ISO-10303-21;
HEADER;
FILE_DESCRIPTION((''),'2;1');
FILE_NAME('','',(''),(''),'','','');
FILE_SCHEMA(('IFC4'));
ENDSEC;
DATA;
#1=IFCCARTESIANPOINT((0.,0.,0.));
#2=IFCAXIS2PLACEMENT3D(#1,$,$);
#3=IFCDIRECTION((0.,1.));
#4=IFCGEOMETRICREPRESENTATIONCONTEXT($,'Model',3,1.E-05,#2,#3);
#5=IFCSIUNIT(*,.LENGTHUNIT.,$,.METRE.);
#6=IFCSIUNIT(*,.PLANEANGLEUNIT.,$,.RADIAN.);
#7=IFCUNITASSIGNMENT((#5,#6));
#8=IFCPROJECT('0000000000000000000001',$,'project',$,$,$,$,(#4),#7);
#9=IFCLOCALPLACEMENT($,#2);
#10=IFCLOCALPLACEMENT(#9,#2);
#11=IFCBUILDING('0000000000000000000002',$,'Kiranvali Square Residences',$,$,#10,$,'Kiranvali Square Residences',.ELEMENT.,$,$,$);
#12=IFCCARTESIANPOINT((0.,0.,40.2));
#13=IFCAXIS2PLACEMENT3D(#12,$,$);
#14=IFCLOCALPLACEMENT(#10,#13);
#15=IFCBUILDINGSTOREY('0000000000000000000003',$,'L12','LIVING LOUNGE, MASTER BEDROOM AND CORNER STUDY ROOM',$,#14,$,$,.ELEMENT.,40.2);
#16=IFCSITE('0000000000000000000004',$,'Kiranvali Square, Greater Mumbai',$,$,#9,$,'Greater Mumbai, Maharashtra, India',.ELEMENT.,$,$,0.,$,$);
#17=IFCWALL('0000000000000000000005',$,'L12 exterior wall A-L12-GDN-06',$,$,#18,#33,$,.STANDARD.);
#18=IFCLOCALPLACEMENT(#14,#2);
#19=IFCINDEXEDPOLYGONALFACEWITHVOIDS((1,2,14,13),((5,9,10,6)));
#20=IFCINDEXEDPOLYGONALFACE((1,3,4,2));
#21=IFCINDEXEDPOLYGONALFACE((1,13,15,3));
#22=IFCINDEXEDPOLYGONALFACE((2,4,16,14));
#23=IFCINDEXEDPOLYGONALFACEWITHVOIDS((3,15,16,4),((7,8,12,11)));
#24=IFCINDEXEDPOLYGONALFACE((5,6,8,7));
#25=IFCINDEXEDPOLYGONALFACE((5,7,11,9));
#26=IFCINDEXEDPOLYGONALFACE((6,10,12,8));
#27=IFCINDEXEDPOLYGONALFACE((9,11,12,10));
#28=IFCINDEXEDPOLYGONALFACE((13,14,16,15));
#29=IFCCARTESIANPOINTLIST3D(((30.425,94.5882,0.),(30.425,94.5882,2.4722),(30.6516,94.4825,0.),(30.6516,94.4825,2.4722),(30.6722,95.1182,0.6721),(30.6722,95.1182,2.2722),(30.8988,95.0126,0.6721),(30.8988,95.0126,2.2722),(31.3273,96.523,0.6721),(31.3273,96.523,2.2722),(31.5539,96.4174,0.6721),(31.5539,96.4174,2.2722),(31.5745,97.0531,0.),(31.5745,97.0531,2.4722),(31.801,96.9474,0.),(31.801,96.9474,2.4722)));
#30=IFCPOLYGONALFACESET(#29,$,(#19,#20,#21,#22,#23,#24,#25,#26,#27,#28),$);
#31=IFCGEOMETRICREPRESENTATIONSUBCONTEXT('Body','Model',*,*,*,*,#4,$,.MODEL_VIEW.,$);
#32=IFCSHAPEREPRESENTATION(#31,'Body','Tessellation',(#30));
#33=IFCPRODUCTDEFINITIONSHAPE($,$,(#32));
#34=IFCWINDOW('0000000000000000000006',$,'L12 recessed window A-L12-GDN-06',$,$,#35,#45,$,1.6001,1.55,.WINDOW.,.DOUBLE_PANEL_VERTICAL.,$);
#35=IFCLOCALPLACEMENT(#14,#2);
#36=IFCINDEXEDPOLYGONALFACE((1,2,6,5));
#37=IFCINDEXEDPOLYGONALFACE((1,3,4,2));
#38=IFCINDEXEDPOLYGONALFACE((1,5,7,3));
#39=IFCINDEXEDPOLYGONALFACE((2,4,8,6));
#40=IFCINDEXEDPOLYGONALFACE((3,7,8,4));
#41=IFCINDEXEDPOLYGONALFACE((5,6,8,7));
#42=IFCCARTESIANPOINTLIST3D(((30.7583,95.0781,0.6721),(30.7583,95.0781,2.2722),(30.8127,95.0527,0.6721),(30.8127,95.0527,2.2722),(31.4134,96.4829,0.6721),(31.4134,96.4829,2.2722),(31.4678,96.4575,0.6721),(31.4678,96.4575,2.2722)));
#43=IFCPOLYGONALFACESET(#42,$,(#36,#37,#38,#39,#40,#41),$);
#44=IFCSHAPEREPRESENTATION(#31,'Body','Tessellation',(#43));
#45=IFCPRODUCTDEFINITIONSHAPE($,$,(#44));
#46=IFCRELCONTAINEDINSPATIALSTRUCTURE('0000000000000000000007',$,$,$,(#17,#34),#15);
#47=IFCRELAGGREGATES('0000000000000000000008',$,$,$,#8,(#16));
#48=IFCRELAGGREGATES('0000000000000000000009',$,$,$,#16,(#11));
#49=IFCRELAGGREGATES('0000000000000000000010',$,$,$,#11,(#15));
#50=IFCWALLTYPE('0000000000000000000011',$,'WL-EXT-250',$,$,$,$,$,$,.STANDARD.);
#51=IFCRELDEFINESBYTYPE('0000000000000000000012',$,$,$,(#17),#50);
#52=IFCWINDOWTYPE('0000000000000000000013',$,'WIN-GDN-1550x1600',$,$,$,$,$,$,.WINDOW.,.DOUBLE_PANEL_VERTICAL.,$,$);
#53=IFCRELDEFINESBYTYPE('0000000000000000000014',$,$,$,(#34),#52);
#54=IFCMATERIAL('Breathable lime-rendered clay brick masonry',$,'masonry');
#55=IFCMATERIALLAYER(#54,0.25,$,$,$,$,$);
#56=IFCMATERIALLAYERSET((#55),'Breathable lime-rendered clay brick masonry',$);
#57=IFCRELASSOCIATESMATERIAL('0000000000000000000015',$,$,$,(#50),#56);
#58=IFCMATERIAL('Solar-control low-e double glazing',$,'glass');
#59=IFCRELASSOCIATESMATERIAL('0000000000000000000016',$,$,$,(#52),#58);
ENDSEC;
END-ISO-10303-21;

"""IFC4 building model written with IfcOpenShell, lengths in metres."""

from ifc_helpers import new_model, si_unit, direction, frame, frame_2d, origin, place, context, subcontext, project, spatial, rectangle, extrude, material, layer, layer_set, type_object, element, fill, save


model = new_model("IFC4")

# Units and contexts
model_context = context("Model", 3, precision=1e-05, world=origin(), true_north=direction((0.0, 1.0)))
body_context = subcontext(model_context, "Body", "Model", "MODEL_VIEW")
ifc_project = project(units=[si_unit("LENGTHUNIT", "METRE"), si_unit("PLANEANGLEUNIT", "RADIAN")], contexts=[model_context])

# Site, building, storey
site_placement = place(None, origin())
site = spatial("IfcSite", under=ifc_project, at=site_placement, Name="Kiranvali Square, Greater Mumbai", LongName="Greater Mumbai, Maharashtra, India", CompositionType="ELEMENT", RefElevation=0.0)
building_placement = place(site_placement, origin())
building = spatial("IfcBuilding", under=site, at=building_placement, Name="Kiranvali Square Residences", LongName="Kiranvali Square Residences", CompositionType="ELEMENT")
storey_placement = place(building_placement, frame((0.0, 0.0, 40.2)))
storey = spatial("IfcBuildingStorey", under=building, at=storey_placement, Name="L12", Description="LIVING LOUNGE, MASTER BEDROOM AND CORNER STUDY ROOM", CompositionType="ELEMENT", Elevation=40.2)

# Shared definitions
ifc_material_1 = material(Name="Breathable lime-rendered clay brick masonry", Category="masonry")
ifc_layer_1 = layer(ifc_material_1, 0.25)
ifc_layer_set_1 = layer_set([ifc_layer_1], Name="Breathable lime-rendered clay brick masonry")
wall_type_1 = type_object("IfcWallType", Name="WL-EXT-250", PredefinedType="STANDARD", material=ifc_layer_set_1)

# Wall, opening, window
wall_1_placement = place(storey_placement, frame((31.6877, 97.0002, 0.0), z_axis=(0.0, 0.0, 1.0), x_axis=(-0.42263, -0.906302, 0.0)))
wall_1 = element("IfcWall", 1, at=wall_1_placement, inside=storey, type_object=wall_type_1, Name="L12 exterior wall A-L12-GDN-06", PredefinedType="STANDARD", context=body_context, shape_type="SweptSolid", body=[
    extrude(rectangle(XDim=2.7197, YDim=0.25, at=frame_2d((1.3599, 0.0))), origin(), (0.0, 0.0, 1.0), 2.4722),
])
opening_1_placement = place(wall_1_placement, frame((0.585, 0.0, 0.6721)))
opening_1 = element("IfcOpeningElement", 2, at=opening_1_placement, cuts=wall_1, PredefinedType="OPENING", context=body_context, shape_type="SweptSolid", body=[
    extrude(rectangle(XDim=1.55, YDim=1.6001, at=frame_2d((0.7749, 0.8))), frame((0.0, 0.135, 0.0), z_axis=(0.0, -1.0, 0.0), x_axis=(1.0, 0.0, 0.0)), (0.0, 0.0, 1.0), 0.27),
])
ifc_material_2 = material(Name="Solar-control low-e double glazing", Category="glass")
window_type = type_object("IfcWindowType", Name="WIN-GDN-1550x1600", PartitioningType="DOUBLE_PANEL_VERTICAL", PredefinedType="WINDOW", material=ifc_material_2)
window_placement = place(opening_1_placement, origin())
window = element("IfcWindow", 3, at=window_placement, inside=storey, type_object=window_type, Name="L12 recessed window A-L12-GDN-06", OverallHeight=1.6001, OverallWidth=1.55, PartitioningType="DOUBLE_PANEL_VERTICAL", PredefinedType="WINDOW", context=body_context, shape_type="SweptSolid", body=[
    extrude(rectangle(XDim=1.55, YDim=1.6001, at=frame_2d((0.7749, 0.8))), frame((0.0, 0.03, 0.0), z_axis=(0.0, -1.0, 0.0), x_axis=(1.0, 0.0, 0.0)), (0.0, 0.0, 1.0), 0.0601),
])
fill(opening_1, window)

save(model, "model.ifc")
